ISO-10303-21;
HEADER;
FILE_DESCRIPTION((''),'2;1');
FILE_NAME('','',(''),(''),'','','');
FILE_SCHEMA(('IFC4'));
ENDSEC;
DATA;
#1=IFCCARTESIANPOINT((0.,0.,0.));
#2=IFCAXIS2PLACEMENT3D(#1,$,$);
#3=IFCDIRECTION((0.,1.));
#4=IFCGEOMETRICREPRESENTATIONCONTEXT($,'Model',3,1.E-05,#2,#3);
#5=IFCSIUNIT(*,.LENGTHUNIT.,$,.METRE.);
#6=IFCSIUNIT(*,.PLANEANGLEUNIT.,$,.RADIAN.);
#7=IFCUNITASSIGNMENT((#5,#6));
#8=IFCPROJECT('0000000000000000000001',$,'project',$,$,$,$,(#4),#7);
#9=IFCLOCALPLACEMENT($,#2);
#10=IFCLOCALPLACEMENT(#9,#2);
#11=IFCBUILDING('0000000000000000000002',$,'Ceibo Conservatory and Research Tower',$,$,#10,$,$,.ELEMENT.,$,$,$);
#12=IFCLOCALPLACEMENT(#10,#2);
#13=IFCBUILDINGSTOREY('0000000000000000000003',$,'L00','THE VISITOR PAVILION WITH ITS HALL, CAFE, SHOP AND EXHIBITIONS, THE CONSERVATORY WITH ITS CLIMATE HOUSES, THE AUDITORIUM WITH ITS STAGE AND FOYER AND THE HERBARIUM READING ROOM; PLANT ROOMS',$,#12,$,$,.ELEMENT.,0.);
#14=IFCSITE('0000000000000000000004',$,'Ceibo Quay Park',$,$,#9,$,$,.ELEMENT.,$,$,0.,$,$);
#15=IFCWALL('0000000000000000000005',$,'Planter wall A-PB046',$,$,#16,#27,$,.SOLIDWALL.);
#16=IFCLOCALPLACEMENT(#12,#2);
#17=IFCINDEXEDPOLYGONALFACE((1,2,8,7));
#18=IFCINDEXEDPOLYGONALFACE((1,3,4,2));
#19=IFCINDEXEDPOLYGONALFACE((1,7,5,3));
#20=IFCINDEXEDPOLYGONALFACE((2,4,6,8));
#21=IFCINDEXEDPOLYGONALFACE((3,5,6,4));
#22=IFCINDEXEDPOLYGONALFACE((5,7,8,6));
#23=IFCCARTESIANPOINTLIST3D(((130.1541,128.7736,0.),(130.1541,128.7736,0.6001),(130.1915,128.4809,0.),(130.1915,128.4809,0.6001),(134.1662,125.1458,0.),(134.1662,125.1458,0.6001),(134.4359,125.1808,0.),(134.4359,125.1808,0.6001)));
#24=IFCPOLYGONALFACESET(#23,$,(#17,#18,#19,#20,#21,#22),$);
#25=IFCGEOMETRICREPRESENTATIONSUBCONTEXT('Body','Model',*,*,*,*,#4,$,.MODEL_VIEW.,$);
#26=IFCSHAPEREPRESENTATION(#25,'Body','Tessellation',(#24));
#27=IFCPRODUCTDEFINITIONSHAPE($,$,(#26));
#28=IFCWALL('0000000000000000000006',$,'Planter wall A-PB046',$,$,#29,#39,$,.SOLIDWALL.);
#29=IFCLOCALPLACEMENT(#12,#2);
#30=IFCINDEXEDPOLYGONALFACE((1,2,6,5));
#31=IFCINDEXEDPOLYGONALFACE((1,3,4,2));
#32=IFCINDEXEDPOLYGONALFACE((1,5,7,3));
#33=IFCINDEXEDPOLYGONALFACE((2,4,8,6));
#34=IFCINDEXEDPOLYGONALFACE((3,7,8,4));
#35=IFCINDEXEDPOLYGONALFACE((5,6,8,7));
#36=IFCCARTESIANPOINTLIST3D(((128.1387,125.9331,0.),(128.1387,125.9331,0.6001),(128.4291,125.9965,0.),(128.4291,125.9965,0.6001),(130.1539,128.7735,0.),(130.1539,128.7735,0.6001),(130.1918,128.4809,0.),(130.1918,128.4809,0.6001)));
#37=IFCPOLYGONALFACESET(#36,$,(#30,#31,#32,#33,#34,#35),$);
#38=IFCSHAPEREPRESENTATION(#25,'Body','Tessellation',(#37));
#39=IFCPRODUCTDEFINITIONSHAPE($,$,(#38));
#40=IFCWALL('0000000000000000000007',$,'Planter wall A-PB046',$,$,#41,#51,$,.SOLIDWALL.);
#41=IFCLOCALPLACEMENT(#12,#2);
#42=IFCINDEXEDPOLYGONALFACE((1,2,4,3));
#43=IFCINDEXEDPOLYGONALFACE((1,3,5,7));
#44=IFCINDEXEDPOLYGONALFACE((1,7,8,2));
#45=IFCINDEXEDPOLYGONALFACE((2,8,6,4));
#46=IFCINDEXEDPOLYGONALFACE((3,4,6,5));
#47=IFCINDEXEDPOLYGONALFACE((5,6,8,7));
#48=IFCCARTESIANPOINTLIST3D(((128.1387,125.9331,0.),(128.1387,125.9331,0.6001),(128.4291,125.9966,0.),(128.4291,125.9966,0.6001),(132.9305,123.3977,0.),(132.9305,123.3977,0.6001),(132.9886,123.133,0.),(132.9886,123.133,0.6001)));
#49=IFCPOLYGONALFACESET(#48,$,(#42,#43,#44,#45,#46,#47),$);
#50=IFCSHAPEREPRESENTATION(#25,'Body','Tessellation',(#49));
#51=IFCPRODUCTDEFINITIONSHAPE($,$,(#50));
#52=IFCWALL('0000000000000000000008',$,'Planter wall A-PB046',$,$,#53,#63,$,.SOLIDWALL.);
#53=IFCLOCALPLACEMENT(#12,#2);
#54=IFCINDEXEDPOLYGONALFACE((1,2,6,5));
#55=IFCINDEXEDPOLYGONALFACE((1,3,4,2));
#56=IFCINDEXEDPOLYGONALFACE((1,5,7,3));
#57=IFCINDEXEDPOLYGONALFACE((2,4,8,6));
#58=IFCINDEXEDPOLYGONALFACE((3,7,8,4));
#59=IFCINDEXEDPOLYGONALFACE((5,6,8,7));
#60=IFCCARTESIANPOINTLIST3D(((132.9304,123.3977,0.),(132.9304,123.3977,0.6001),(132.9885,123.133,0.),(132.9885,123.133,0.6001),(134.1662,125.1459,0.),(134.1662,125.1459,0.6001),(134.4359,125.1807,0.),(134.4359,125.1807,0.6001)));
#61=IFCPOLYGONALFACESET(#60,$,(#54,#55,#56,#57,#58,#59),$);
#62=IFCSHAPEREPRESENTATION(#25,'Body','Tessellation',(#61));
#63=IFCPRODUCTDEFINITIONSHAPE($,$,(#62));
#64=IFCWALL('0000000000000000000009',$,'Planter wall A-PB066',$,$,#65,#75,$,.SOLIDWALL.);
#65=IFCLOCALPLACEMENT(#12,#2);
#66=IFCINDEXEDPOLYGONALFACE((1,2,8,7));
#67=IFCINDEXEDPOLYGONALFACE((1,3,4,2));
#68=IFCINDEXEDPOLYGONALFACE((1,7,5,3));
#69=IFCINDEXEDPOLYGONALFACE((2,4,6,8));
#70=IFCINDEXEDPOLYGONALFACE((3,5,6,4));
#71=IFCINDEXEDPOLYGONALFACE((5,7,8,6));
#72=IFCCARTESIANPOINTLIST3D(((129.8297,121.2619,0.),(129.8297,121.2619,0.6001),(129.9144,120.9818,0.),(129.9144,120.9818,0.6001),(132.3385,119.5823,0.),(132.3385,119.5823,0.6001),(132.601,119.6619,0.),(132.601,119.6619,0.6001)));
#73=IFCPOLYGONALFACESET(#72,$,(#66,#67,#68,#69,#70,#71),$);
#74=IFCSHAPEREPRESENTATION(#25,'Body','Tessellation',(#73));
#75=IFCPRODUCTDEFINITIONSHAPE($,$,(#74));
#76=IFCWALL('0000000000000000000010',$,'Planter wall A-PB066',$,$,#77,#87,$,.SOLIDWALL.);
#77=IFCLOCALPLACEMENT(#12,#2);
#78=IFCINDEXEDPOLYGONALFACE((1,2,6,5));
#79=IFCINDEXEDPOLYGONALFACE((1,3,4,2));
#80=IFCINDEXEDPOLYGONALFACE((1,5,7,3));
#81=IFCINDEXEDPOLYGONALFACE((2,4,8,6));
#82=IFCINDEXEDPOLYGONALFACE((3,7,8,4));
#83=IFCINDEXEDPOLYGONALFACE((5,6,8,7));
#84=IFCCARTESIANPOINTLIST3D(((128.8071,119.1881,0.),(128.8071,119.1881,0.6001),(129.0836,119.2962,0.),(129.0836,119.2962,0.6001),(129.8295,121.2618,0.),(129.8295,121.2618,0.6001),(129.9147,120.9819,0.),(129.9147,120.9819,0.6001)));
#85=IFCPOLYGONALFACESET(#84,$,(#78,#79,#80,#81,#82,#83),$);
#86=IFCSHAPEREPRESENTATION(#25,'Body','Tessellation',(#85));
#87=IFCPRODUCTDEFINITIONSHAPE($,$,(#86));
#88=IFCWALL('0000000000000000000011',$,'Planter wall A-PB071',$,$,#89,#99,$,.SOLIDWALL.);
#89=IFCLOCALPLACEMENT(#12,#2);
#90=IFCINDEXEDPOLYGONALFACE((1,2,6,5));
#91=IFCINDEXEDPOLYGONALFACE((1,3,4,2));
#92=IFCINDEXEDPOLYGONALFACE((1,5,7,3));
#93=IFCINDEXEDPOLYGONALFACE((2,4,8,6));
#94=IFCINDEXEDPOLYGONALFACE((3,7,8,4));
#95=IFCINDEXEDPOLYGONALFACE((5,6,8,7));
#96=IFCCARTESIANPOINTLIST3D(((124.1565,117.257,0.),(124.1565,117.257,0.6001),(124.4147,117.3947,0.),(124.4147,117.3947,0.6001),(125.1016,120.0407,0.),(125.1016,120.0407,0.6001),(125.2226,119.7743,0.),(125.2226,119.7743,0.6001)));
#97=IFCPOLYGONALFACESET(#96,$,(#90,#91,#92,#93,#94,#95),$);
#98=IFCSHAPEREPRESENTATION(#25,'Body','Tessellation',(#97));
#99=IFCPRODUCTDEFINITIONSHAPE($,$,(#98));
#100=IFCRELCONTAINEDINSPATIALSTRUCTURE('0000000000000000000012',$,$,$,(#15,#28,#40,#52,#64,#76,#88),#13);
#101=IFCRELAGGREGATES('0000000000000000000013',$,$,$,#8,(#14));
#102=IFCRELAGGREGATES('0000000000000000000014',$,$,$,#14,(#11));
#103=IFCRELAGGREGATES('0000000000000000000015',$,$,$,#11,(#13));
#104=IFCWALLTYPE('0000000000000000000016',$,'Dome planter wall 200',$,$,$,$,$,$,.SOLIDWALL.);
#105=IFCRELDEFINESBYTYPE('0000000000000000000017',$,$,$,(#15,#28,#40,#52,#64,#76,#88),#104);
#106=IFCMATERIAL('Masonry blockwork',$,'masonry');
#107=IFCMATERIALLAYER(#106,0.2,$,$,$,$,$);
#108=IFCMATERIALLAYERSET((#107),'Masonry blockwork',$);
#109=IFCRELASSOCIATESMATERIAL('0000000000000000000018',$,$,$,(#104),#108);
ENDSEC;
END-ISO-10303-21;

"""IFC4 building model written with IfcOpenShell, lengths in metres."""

from ifc_helpers import new_model, si_unit, direction, frame, origin, place, context, subcontext, project, spatial, polyline, outline, extrude, material, layer, layer_set, type_object, element, save


model = new_model("IFC4")

# Units and contexts
model_context = context("Model", 3, precision=1e-05, world=origin(), true_north=direction((0.0, 1.0)))
body_context = subcontext(model_context, "Body", "Model", "MODEL_VIEW")
ifc_project = project(units=[si_unit("LENGTHUNIT", "METRE"), si_unit("PLANEANGLEUNIT", "RADIAN")], contexts=[model_context])

# Site, building, storey
site_placement = place(None, origin())
site = spatial("IfcSite", under=ifc_project, at=site_placement, Name="Ceibo Quay Park", CompositionType="ELEMENT", RefElevation=0.0)
building_placement = place(site_placement, origin())
building = spatial("IfcBuilding", under=site, at=building_placement, Name="Ceibo Conservatory and Research Tower", CompositionType="ELEMENT")
storey_placement = place(building_placement, origin())
storey = spatial("IfcBuildingStorey", under=building, at=storey_placement, Name="L00", Description="THE VISITOR PAVILION WITH ITS HALL, CAFE, SHOP AND EXHIBITIONS, THE CONSERVATORY WITH ITS CLIMATE HOUSES, THE AUDITORIUM WITH ITS STAGE AND FOYER AND THE HERBARIUM READING ROOM; PLANT ROOMS", CompositionType="ELEMENT", Elevation=0.0)

# Walls
ifc_material_1 = material(Name="Masonry blockwork", Category="masonry")
ifc_layer_1 = layer(ifc_material_1, 0.2)
ifc_layer_set_1 = layer_set([ifc_layer_1], Name="Masonry blockwork")
wall_type_1 = type_object("IfcWallType", Name="Dome planter wall 200", PredefinedType="SOLIDWALL", material=ifc_layer_set_1)
wall_1_placement = place(storey_placement, frame((134.301, 125.1633, 0.0), z_axis=(0.0, 0.0, 1.0), x_axis=(-0.766052, 0.642779, 0.0)))
element("IfcWall", 1, at=wall_1_placement, inside=storey, type_object=wall_type_1, Name="Planter wall A-PB046", PredefinedType="SOLIDWALL", context=body_context, shape_type="SweptSolid", body=[
    extrude(outline(polyline([(-0.092, -0.1001), (5.4973, -0.1001), (5.2805, 0.1001), (0.092, 0.1001), (-0.092, -0.1001)])), origin(), (0.0, 0.0, 1.0), 0.6001),
])
wall_2_placement = place(storey_placement, frame((130.1729, 128.6272, 0.0), z_axis=(0.0, 0.0, 1.0), x_axis=(-0.578646, -0.815579, 0.0)))
element("IfcWall", 2, at=wall_2_placement, inside=storey, type_object=wall_type_1, Name="Planter wall A-PB046", PredefinedType="SOLIDWALL", context=body_context, shape_type="SweptSolid", body=[
    extrude(outline(polyline([(-0.1084, -0.1001), (3.3743, -0.1001), (3.1545, 0.1001), (0.1084, 0.1001), (-0.1084, -0.1001)])), origin(), (0.0, 0.0, 1.0), 0.6001),
])
wall_3_placement = place(storey_placement, frame((128.2839, 125.9648, 0.0), z_axis=(0.0, 0.0, 1.0), x_axis=(0.866022, -0.500006, 0.0)))
element("IfcWall", 3, at=wall_3_placement, inside=storey, type_object=wall_type_1, Name="Planter wall A-PB046", PredefinedType="SOLIDWALL", context=body_context, shape_type="SweptSolid", body=[
    extrude(outline(polyline([(-0.1099, -0.1001), (5.4902, -0.1001), (5.3076, 0.1001), (0.1099, 0.1001), (-0.1099, -0.1001)])), origin(), (0.0, 0.0, 1.0), 0.6001),
])
wall_4_placement = place(storey_placement, frame((132.9595, 123.2654, 0.0), z_axis=(0.0, 0.0, 1.0), x_axis=(0.577207, 0.816598, 0.0)))
element("IfcWall", 4, at=wall_4_placement, inside=storey, type_object=wall_type_1, Name="Planter wall A-PB046", PredefinedType="SOLIDWALL", context=body_context, shape_type="SweptSolid", body=[
    extrude(outline(polyline([(-0.0913, -0.1001), (2.4163, -0.1001), (2.2322, 0.1001), (0.0913, 0.1001), (-0.0913, -0.1001)])), origin(), (0.0, 0.0, 1.0), 0.6001),
])
wall_5_placement = place(storey_placement, frame((132.4697, 119.6221, 0.0), z_axis=(0.0, 0.0, 1.0), x_axis=(-0.866026, 0.5, 0.0)))
element("IfcWall", 5, at=wall_5_placement, inside=storey, type_object=wall_type_1, Name="Planter wall A-PB066", PredefinedType="SOLIDWALL", context=body_context, shape_type="SweptSolid", body=[
    extrude(outline(polyline([(-0.0938, -0.1001), (3.1062, -0.1001), (2.8928, 0.1001), (0.0938, 0.1001), (-0.0938, -0.1001)])), origin(), (0.0, 0.0, 1.0), 0.6001),
])
wall_6_placement = place(storey_placement, frame((129.8721, 121.1218, 0.0), z_axis=(0.0, 0.0, 1.0), x_axis=(-0.442221, -0.896906, 0.0)))
element("IfcWall", 6, at=wall_6_placement, inside=storey, type_object=wall_type_1, Name="Planter wall A-PB066", PredefinedType="SOLIDWALL", context=body_context, shape_type="SweptSolid", body=[
    extrude(outline(polyline([(-0.1067, -0.1001), (2.2053, -0.1001), (1.9861, 0.1001), (0.1067, 0.1001), (-0.1067, -0.1001)])), origin(), (0.0, 0.0, 1.0), 0.6001),
])
wall_7_placement = place(storey_placement, frame((125.1621, 119.9075, 0.0), z_axis=(0.0, 0.0, 1.0), x_axis=(-0.321489, -0.946913, 0.0)))
element("IfcWall", 7, at=wall_7_placement, inside=storey, type_object=wall_type_1, Name="Planter wall A-PB071", PredefinedType="SOLIDWALL", context=body_context, shape_type="SweptSolid", body=[
    extrude(outline(polyline([(-0.1067, -0.1001), (2.833, -0.1001), (2.6196, 0.1001), (0.1067, 0.1001), (-0.1067, -0.1001)])), origin(), (0.0, 0.0, 1.0), 0.6001),
])

save(model, "model.ifc")
